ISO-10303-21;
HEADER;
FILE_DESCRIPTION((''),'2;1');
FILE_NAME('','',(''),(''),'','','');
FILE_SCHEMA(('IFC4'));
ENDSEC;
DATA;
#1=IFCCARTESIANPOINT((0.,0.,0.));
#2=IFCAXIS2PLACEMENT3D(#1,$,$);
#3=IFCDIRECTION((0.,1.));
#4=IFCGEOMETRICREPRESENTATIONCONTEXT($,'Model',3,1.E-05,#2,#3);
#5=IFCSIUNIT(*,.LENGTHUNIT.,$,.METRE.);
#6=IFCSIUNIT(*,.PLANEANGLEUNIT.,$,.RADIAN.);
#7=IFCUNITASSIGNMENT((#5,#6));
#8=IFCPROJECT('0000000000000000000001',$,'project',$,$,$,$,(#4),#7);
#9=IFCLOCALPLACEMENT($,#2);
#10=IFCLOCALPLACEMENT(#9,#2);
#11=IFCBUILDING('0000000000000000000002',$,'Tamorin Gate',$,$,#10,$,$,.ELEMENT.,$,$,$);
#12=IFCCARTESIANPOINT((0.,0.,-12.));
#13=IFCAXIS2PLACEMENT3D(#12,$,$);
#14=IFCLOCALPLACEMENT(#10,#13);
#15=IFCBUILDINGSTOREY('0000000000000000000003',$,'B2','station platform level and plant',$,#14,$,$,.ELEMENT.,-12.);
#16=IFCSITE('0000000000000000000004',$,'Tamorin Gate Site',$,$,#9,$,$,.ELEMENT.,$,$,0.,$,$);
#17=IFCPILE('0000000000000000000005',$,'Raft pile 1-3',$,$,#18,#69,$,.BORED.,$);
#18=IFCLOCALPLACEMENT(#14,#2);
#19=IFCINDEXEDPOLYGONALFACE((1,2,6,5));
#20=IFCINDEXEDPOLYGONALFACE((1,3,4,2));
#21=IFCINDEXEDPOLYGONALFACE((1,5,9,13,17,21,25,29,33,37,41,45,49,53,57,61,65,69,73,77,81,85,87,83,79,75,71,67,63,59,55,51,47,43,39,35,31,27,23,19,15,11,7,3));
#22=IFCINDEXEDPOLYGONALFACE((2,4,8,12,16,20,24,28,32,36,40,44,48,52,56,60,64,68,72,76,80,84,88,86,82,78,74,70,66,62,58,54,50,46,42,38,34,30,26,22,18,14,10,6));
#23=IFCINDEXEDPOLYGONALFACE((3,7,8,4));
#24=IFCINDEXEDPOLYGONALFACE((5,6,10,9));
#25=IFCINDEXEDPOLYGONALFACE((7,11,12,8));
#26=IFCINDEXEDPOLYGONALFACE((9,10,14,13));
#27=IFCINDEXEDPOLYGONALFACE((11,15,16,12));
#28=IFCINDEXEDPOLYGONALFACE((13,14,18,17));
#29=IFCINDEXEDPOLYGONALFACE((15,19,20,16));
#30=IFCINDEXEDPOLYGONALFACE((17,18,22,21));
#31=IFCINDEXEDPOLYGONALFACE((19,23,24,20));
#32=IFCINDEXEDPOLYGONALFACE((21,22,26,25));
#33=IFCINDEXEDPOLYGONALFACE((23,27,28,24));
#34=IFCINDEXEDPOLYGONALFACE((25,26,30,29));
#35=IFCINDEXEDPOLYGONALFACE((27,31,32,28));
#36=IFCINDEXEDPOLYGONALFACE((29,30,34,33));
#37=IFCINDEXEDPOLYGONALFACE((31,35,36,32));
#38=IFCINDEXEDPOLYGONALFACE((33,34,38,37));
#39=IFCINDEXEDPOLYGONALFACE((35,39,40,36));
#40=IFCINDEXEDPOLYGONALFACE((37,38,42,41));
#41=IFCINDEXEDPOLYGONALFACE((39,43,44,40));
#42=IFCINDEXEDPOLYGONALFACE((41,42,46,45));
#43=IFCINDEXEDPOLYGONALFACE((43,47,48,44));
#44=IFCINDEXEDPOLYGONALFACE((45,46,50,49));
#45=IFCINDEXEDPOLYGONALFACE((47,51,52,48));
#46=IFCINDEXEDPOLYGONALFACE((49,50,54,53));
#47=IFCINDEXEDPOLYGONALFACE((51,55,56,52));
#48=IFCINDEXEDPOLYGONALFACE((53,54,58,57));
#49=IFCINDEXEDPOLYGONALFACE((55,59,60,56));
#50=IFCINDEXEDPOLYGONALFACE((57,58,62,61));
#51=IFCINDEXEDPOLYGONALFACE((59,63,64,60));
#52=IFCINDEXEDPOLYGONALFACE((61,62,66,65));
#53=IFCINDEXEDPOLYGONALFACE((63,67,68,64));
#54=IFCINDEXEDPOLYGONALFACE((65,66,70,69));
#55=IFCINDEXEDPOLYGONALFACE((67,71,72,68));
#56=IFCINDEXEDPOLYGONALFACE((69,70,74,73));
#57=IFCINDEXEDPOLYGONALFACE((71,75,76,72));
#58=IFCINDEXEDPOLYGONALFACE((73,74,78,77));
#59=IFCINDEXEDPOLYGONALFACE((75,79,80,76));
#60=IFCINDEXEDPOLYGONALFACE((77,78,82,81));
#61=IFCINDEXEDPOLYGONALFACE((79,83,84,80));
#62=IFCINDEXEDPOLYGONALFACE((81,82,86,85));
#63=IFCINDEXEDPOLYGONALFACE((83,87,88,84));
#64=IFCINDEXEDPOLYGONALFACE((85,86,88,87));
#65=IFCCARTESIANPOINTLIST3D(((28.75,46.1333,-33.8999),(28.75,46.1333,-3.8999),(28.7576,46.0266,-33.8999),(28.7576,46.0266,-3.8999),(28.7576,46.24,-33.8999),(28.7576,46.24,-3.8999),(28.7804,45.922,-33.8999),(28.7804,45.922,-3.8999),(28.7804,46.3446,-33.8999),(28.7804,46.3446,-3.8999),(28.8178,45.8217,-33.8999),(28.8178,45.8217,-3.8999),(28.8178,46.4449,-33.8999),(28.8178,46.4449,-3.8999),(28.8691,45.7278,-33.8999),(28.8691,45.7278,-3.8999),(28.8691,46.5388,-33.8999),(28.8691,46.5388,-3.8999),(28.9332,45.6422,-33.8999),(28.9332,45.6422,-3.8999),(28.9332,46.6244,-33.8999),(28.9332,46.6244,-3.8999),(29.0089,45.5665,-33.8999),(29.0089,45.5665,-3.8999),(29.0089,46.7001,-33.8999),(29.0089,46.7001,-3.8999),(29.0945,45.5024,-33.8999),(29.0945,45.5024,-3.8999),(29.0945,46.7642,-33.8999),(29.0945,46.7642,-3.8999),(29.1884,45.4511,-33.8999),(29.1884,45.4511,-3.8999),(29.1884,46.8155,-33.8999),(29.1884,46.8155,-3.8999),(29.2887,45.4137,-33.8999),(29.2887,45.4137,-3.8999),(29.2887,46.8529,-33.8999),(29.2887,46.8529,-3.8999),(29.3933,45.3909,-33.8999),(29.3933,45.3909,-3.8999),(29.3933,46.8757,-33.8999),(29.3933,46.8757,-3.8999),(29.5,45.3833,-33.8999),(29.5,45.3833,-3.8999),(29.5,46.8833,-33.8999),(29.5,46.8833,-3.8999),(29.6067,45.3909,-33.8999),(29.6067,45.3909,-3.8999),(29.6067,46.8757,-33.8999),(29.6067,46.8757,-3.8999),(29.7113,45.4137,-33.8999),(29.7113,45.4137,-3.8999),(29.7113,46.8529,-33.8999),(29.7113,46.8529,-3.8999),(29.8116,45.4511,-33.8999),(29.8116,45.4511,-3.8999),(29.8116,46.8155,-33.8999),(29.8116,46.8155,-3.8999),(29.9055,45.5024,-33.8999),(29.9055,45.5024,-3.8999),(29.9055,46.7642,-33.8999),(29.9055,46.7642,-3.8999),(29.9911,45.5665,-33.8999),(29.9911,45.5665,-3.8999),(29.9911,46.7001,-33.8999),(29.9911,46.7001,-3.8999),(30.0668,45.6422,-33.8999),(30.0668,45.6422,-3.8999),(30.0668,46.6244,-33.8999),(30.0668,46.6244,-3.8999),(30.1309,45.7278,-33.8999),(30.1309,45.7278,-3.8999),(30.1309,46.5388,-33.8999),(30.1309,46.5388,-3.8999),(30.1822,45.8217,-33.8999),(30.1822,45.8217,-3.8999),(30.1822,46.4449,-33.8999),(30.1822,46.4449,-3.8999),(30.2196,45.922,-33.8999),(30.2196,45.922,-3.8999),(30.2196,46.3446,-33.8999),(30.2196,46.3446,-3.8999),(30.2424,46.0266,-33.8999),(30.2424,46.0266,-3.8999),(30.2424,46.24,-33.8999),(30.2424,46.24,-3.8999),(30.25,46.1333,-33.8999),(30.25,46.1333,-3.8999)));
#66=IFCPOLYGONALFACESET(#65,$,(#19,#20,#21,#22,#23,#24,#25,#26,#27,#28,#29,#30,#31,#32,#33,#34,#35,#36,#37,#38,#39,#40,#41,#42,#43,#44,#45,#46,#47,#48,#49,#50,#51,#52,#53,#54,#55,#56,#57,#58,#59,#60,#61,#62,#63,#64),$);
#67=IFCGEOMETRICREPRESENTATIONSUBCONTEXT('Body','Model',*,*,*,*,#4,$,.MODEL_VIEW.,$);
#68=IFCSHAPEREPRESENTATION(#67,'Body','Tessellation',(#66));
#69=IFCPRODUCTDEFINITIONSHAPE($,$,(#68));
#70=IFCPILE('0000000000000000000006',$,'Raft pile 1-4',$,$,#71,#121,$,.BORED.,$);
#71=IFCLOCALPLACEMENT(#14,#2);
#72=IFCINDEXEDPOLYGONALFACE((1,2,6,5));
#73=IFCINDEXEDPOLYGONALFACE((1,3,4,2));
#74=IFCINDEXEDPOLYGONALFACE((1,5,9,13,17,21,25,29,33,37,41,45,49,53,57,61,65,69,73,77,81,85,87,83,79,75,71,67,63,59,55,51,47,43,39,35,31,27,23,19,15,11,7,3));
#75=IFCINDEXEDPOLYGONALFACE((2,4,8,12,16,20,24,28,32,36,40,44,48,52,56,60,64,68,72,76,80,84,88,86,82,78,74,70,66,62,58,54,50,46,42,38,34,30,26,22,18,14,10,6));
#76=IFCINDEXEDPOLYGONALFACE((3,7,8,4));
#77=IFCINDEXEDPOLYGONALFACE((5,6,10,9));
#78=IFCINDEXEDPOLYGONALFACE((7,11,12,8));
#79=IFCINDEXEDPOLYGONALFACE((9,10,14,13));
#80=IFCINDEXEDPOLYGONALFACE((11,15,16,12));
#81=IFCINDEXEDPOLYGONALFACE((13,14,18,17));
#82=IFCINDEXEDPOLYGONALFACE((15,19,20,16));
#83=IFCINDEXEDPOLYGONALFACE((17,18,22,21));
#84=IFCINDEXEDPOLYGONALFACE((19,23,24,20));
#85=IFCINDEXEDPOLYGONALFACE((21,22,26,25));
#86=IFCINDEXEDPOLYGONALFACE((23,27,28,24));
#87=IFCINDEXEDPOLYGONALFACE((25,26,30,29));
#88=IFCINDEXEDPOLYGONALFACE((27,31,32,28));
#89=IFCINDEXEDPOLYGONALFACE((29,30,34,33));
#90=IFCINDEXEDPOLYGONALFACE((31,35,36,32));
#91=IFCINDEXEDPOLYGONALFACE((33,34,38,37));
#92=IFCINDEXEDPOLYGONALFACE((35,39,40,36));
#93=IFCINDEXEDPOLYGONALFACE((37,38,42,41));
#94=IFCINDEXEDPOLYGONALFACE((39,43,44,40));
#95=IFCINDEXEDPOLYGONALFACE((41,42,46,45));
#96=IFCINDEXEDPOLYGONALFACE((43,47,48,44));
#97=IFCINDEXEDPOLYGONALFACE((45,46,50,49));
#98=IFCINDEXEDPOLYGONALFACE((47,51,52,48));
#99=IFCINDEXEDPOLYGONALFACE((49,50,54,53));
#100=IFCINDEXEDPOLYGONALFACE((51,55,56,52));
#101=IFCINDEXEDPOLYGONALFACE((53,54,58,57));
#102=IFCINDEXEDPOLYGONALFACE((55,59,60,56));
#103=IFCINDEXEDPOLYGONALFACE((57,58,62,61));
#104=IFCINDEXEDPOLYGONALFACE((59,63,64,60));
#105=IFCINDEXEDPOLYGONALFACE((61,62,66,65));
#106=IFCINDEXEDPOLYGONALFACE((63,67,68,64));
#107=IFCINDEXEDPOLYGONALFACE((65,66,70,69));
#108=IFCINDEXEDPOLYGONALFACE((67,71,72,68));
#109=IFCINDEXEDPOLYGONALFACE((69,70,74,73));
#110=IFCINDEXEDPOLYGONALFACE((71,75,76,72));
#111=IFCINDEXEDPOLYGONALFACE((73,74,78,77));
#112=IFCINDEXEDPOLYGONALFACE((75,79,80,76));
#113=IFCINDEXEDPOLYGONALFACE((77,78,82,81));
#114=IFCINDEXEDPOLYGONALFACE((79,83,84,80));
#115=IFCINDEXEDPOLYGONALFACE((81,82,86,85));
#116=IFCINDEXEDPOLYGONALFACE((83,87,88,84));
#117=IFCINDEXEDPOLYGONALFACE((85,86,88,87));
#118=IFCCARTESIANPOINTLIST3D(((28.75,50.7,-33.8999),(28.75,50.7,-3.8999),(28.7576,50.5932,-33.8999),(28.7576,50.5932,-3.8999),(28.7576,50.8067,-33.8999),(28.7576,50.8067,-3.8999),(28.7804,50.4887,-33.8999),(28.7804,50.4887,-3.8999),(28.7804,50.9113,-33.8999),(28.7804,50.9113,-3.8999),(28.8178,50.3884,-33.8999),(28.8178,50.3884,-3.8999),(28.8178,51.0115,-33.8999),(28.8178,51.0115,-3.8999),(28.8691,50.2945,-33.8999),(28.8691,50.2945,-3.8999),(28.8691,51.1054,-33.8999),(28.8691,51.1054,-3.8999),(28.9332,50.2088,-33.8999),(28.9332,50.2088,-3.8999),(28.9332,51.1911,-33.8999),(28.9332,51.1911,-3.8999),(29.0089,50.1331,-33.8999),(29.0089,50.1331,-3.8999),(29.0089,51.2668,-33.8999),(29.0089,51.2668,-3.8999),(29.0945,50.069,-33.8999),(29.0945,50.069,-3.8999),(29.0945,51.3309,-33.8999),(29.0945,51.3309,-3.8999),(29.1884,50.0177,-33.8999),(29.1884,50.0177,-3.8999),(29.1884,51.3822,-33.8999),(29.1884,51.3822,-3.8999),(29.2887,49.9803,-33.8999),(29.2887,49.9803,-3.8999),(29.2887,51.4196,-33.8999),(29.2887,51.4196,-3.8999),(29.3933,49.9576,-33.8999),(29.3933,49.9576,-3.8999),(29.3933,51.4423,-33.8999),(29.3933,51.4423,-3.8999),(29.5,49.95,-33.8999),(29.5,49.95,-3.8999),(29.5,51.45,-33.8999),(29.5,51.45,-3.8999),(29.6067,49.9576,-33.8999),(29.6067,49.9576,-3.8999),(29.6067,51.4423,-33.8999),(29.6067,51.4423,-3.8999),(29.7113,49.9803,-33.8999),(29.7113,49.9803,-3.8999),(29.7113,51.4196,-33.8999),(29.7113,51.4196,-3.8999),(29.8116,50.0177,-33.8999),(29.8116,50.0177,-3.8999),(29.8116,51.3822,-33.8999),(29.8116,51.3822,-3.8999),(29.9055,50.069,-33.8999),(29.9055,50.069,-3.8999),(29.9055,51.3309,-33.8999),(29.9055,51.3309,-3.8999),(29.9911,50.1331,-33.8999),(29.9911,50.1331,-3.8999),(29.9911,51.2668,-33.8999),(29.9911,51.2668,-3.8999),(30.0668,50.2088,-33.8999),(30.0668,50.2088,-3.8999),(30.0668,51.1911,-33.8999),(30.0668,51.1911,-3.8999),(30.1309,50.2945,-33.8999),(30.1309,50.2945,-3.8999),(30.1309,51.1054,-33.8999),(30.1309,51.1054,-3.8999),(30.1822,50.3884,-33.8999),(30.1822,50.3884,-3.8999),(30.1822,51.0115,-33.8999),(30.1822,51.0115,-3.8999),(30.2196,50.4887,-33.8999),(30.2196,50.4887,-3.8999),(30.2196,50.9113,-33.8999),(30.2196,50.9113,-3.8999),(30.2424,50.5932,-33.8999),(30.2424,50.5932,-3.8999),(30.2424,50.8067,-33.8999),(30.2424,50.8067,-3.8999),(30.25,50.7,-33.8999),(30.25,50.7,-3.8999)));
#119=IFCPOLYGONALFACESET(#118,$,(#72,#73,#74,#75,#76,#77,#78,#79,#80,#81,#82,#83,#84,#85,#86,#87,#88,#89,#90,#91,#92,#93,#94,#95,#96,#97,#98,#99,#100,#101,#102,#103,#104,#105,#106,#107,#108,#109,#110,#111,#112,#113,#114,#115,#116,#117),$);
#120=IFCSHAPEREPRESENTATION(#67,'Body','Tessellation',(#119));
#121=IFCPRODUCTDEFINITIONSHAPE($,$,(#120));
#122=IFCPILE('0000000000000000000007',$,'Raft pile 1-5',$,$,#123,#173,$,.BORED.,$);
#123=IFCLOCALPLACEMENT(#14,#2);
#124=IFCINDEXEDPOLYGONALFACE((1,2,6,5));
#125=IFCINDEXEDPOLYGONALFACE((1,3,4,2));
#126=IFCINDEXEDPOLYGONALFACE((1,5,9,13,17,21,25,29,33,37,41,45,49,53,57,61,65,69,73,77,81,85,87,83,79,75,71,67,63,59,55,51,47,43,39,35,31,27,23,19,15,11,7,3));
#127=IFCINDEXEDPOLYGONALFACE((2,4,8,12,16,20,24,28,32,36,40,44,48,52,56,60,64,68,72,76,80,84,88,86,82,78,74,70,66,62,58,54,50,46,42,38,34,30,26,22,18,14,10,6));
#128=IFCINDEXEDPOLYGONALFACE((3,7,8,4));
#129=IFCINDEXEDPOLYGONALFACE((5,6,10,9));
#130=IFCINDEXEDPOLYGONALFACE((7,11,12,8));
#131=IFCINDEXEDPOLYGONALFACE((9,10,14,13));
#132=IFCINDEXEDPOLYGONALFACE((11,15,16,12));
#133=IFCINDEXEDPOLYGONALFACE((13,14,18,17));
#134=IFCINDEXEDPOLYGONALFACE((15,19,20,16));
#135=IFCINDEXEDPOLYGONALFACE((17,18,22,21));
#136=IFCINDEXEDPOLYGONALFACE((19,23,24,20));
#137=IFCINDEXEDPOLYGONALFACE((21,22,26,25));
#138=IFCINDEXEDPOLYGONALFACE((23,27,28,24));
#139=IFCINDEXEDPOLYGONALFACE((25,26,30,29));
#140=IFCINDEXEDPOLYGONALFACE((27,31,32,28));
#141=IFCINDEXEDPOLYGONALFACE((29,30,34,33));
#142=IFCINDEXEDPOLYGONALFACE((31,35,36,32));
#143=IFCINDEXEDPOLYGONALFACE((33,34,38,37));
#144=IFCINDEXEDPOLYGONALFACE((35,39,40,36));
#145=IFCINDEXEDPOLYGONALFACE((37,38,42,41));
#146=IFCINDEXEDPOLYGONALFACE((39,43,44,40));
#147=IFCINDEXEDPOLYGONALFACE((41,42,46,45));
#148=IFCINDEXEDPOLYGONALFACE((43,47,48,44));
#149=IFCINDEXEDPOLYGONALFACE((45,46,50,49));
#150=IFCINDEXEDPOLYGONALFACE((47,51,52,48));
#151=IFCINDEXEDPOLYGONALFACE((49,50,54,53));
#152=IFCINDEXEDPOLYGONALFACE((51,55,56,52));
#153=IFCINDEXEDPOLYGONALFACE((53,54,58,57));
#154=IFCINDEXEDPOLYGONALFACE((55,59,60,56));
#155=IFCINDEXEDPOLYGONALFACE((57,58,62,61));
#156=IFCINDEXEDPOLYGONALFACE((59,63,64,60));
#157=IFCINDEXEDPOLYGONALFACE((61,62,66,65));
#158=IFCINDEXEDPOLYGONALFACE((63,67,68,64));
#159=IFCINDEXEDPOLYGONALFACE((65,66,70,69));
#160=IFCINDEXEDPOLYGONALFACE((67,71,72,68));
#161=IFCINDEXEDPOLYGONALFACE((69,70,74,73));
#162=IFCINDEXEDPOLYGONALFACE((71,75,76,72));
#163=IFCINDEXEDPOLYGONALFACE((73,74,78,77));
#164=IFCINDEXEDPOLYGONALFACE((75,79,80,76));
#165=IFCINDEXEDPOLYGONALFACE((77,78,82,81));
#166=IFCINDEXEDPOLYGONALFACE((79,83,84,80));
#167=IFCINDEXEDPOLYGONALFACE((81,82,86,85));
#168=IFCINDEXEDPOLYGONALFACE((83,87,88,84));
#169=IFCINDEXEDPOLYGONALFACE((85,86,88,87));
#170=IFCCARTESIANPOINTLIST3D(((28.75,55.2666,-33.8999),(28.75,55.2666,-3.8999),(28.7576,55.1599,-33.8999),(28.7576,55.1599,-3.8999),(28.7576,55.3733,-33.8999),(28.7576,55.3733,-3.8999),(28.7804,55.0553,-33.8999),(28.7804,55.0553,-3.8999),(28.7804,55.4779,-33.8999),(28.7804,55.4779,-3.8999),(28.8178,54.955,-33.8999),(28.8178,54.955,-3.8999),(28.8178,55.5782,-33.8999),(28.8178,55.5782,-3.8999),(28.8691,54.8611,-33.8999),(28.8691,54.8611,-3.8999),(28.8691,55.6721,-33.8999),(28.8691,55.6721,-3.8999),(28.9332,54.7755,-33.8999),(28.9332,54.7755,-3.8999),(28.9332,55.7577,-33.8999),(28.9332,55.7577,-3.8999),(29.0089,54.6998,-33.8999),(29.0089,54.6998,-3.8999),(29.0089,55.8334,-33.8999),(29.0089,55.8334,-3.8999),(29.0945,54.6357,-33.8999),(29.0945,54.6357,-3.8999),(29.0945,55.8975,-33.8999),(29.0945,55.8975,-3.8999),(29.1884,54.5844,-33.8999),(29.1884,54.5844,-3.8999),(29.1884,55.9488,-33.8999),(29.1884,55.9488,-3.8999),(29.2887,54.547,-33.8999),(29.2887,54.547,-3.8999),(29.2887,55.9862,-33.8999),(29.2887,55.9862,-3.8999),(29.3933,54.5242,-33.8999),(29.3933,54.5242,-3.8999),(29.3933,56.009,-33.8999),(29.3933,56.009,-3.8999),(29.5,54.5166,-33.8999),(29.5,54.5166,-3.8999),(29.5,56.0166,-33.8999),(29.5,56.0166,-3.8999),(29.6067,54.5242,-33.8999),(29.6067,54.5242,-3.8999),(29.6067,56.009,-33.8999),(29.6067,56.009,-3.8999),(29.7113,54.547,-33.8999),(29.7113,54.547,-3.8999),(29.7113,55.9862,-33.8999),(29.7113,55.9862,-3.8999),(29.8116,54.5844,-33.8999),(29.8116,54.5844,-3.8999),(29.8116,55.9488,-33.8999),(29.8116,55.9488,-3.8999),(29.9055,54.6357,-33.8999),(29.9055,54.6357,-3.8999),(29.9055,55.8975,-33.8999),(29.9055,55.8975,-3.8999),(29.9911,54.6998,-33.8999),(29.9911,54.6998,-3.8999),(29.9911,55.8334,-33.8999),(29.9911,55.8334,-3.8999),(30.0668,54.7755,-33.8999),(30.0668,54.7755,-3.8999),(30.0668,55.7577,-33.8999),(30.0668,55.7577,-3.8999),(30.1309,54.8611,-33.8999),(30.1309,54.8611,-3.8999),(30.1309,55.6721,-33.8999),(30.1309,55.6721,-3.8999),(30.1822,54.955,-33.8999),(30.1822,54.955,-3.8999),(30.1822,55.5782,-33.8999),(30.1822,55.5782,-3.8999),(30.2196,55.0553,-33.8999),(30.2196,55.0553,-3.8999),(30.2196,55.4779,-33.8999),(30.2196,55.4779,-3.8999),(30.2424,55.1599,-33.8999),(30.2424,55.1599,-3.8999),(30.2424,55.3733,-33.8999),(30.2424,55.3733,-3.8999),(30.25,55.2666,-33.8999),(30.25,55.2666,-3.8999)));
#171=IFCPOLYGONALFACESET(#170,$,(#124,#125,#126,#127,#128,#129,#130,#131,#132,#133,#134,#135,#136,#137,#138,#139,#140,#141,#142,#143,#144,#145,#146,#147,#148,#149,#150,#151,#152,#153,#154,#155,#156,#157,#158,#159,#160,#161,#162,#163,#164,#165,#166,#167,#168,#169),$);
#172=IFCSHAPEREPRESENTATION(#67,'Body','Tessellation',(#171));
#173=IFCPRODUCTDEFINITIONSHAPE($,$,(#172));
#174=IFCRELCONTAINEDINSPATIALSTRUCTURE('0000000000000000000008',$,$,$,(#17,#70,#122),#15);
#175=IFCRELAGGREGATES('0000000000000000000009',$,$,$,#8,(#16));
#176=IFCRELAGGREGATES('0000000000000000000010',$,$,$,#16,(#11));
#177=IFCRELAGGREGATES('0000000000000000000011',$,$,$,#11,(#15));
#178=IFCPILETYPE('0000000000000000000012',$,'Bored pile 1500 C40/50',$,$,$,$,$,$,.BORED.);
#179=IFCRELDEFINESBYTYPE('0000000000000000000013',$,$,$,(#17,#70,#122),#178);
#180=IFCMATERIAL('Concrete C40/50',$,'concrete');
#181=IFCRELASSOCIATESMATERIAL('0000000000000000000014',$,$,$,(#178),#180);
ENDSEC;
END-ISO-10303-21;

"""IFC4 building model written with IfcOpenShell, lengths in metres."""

from ifc_helpers import new_model, si_unit, direction, frame, origin, origin_2d, place, context, subcontext, project, spatial, circle, extrude, material, material_profile, profile_set, type_object, element, save


model = new_model("IFC4")

# Units and contexts
model_context = context("Model", 3, precision=1e-05, world=origin(), true_north=direction((0.0, 1.0)))
body_context = subcontext(model_context, "Body", "Model", "MODEL_VIEW")
ifc_project = project(units=[si_unit("LENGTHUNIT", "METRE"), si_unit("PLANEANGLEUNIT", "RADIAN")], contexts=[model_context])

# Site, building, storey
site_placement = place(None, origin())
site = spatial("IfcSite", under=ifc_project, at=site_placement, Name="Tamorin Gate Site", CompositionType="ELEMENT", RefElevation=0.0)
building_placement = place(site_placement, origin())
building = spatial("IfcBuilding", under=site, at=building_placement, Name="Tamorin Gate", CompositionType="ELEMENT")
storey_placement = place(building_placement, frame((0.0, 0.0, -12.0)))
storey = spatial("IfcBuildingStorey", under=building, at=storey_placement, Name="B2", Description="station platform level and plant", CompositionType="ELEMENT", Elevation=-12.0)

# Piles
ifc_material_1 = material(Name="Concrete C40/50", Category="concrete")
ifc_material_profile_1 = material_profile(ifc_material_1, circle(Radius=0.75, at=origin_2d()))
ifc_profile_set_1 = profile_set([ifc_material_profile_1], Name="Concrete C40/50")
pile_type = type_object("IfcPileType", Name="Bored pile 1500 C40/50", PredefinedType="BORED", material=ifc_profile_set_1)
for number, where, z_axis, x_axis, name in (
    (1, (29.5, 46.1333, -3.8999), (0.0, 0.0, -1.0), (1.0, 0.0, 0.0), "Raft pile 1-3"),
    (2, (29.5, 50.7, -3.8999), (0.0, 0.0, -1.0), (1.0, 0.0, 0.0), "Raft pile 1-4"),
    (3, (29.5, 55.2666, -3.8999), (0.0, 0.0, -1.0), (1.0, 0.0, 0.0), "Raft pile 1-5"),
):
    element("IfcPile", number, at=place(storey_placement, frame(where, z_axis=z_axis, x_axis=x_axis)), inside=storey, type_object=pile_type, Name=name, PredefinedType="BORED", context=body_context, shape_type="SweptSolid", body=[
        extrude(circle(Radius=0.75, at=origin_2d()), origin(), (0.0, 0.0, 1.0), 30.0),
    ])

save(model, "model.ifc")
